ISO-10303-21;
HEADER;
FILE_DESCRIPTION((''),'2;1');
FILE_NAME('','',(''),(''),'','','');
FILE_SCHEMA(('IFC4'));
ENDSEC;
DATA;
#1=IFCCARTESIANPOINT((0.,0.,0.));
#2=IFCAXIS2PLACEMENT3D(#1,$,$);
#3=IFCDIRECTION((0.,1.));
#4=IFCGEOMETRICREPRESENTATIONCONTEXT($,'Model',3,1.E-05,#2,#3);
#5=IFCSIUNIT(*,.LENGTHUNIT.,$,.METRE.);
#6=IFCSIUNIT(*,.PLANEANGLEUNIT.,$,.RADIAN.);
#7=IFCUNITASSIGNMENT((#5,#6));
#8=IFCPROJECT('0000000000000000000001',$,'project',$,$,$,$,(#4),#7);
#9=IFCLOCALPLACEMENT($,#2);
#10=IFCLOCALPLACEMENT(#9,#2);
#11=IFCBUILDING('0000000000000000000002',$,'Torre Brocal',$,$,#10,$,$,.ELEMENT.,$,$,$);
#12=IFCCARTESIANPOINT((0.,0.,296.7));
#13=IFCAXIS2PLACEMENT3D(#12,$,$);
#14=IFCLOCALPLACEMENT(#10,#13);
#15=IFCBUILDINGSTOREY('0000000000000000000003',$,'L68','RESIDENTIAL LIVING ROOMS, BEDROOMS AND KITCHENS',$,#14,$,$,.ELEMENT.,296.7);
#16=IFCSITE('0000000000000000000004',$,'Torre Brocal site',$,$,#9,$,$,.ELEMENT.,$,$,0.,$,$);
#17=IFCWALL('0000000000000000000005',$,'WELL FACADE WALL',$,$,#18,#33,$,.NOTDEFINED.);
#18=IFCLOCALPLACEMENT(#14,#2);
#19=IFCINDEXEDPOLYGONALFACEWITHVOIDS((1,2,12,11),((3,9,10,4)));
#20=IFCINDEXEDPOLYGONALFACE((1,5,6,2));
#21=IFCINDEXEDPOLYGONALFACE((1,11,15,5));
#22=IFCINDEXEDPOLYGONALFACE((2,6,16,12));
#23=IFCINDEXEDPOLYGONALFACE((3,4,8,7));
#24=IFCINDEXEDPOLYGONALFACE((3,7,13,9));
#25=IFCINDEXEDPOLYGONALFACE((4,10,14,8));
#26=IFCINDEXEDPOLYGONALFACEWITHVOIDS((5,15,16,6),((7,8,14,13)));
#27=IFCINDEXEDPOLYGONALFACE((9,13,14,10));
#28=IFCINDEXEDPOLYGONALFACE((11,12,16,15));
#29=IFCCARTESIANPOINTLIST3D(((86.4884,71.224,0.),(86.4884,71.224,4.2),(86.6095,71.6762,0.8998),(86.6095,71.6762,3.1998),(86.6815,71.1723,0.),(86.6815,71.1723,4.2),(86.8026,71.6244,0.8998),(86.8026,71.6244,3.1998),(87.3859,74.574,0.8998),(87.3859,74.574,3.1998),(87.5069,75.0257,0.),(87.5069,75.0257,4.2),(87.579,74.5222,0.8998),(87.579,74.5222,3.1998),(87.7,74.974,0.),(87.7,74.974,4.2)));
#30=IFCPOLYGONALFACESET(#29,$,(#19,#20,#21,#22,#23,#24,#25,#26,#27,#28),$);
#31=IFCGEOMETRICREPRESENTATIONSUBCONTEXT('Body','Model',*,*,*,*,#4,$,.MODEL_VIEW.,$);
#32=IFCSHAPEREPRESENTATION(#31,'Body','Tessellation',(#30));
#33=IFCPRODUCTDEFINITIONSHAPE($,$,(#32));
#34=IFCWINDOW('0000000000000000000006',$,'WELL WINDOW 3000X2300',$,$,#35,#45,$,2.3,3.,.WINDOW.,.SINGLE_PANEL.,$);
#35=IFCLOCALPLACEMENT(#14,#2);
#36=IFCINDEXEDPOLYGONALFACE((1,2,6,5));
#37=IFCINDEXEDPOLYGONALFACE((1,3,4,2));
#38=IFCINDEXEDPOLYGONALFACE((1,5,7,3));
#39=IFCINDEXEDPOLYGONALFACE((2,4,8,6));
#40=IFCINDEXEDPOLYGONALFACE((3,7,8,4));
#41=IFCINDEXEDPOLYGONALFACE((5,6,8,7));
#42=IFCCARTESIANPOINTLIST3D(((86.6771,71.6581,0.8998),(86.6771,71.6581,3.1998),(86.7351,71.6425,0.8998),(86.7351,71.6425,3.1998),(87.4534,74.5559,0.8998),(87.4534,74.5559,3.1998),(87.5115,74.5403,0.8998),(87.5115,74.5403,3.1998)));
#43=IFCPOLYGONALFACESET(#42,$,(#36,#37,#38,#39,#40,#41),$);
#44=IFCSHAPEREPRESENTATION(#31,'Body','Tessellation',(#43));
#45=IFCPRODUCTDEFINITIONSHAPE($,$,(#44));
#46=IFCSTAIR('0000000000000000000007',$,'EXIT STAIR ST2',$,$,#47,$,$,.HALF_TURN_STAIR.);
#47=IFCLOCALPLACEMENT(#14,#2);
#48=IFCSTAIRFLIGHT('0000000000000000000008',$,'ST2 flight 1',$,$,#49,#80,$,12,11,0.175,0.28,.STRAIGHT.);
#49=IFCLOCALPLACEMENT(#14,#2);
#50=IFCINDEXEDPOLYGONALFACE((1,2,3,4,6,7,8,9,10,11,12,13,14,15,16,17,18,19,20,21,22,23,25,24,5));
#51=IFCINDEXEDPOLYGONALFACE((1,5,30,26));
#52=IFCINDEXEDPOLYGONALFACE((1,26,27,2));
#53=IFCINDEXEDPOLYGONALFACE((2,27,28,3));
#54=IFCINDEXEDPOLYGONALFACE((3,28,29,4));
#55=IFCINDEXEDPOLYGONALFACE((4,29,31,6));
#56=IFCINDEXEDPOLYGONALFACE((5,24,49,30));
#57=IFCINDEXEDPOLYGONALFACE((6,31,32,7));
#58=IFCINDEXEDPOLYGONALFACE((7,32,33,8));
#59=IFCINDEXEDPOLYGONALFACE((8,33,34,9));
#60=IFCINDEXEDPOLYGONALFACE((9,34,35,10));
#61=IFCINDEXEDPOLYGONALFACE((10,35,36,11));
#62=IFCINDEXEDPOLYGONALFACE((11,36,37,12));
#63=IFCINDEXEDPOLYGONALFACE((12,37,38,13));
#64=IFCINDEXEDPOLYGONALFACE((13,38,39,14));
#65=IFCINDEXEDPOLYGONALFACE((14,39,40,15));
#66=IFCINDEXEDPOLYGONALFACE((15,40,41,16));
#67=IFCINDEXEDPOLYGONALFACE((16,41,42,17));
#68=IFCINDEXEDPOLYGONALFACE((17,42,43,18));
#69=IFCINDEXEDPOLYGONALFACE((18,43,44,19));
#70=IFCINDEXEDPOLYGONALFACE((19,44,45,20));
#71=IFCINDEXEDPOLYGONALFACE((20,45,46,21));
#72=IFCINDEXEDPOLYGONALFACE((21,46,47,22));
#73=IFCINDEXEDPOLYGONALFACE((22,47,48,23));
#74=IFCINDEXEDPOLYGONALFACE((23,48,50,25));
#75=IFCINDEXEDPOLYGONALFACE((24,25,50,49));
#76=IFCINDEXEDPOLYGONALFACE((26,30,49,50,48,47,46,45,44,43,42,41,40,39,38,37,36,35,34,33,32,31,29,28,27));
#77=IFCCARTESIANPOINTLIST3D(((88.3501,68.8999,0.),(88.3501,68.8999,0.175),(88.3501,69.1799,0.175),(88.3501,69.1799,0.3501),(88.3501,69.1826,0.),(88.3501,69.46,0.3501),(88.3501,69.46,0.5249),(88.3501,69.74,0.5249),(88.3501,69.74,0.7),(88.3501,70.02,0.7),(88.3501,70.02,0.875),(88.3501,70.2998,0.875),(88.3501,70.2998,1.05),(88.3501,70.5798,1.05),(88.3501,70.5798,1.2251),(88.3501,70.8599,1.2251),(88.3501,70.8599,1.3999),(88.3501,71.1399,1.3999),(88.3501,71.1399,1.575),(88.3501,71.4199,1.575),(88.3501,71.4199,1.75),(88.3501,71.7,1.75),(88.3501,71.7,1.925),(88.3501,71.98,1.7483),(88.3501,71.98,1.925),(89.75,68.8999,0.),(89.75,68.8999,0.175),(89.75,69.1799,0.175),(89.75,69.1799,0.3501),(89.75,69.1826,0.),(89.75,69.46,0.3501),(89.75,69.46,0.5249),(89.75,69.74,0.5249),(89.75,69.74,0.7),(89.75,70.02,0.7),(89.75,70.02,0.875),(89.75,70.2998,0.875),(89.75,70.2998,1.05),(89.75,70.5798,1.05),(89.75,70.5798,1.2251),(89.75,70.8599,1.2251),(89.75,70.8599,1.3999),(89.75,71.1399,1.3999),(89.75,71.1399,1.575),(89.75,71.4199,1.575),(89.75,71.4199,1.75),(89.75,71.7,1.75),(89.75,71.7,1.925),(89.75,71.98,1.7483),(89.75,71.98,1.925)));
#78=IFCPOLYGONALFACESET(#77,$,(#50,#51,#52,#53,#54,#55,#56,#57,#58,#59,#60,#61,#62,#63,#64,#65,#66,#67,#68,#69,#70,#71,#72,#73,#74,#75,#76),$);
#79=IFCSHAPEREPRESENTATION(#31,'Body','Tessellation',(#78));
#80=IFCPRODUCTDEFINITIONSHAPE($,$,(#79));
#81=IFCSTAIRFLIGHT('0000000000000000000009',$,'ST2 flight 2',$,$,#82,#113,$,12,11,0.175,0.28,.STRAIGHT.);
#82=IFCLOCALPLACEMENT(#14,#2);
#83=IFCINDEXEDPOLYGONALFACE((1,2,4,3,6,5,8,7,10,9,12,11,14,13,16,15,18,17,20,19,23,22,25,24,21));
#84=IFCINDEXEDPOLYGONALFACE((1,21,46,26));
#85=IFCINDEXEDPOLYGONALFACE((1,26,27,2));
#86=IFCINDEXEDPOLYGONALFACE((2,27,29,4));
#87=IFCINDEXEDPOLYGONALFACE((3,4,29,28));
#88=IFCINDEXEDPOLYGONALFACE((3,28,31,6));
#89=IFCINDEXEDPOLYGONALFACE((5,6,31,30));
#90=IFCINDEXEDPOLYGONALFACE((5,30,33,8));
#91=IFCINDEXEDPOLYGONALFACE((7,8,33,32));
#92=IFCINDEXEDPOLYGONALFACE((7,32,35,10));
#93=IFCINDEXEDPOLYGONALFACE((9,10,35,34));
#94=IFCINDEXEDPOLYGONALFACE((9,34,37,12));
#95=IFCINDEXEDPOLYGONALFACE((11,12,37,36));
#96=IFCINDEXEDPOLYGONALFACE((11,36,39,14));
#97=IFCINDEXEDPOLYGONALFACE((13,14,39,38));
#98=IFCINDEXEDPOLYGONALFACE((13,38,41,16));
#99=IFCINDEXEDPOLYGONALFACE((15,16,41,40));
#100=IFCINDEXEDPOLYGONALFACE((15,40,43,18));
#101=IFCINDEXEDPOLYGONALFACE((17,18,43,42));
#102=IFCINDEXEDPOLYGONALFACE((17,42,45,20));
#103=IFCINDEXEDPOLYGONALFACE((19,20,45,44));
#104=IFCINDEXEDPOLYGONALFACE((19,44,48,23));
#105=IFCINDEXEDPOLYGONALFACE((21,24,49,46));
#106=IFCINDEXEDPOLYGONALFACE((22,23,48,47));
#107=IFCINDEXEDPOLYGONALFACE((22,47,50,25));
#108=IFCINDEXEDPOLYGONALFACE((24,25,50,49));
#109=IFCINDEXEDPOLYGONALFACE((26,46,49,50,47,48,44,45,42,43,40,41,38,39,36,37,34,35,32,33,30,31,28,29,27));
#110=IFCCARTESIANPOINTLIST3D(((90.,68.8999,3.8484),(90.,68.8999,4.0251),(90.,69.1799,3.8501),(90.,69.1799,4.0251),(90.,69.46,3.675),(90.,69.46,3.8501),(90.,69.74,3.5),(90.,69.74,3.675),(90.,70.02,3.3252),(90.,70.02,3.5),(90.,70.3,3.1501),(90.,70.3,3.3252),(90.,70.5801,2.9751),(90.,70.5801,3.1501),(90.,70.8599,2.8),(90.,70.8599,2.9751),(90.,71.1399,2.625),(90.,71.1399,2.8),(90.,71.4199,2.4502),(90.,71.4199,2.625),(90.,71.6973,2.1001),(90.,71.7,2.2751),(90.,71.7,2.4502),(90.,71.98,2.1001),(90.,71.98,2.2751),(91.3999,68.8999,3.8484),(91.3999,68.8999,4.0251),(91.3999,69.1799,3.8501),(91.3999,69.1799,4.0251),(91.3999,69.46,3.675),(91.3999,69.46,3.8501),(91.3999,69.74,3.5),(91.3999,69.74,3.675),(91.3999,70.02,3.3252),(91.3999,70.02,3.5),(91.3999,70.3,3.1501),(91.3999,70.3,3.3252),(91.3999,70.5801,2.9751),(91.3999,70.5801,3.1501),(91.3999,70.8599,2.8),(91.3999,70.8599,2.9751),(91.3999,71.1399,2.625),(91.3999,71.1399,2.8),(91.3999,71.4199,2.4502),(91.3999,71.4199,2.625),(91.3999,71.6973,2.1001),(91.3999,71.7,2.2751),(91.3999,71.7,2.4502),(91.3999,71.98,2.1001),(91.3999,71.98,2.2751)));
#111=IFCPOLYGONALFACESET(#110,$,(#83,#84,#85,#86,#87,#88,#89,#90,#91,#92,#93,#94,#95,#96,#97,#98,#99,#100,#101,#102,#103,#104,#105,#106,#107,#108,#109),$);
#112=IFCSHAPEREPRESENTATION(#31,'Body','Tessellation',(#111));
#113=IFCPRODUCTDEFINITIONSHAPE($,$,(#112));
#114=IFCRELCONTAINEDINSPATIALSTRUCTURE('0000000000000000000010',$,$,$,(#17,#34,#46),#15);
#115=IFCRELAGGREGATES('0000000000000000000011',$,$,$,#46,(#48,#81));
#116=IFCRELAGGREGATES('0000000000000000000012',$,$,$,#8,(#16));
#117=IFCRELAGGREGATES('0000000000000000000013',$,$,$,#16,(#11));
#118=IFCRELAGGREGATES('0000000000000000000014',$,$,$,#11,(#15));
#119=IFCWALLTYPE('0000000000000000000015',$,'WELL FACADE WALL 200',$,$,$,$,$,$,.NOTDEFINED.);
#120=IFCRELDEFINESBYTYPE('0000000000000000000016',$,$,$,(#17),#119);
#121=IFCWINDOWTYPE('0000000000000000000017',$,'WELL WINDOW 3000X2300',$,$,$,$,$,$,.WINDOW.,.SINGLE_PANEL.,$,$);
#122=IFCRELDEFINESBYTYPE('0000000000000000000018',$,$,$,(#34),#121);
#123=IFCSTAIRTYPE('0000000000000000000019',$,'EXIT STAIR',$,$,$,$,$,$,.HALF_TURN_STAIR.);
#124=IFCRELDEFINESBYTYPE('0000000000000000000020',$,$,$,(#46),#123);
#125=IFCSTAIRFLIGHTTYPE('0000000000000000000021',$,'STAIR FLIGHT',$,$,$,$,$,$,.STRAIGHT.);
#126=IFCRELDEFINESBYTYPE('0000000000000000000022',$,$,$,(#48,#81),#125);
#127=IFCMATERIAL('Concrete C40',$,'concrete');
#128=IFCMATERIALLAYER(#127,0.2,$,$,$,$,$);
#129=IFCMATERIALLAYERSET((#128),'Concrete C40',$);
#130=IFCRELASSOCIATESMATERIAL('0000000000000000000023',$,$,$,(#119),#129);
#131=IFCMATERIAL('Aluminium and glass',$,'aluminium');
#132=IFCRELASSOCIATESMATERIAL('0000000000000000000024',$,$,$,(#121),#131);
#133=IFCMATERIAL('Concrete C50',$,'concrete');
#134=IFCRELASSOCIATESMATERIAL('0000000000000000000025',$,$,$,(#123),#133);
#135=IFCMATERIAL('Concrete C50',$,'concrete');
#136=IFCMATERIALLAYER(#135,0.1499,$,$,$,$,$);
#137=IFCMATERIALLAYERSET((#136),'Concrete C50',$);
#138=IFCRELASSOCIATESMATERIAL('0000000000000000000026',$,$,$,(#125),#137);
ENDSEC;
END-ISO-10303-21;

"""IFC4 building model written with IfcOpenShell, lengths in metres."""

from ifc_helpers import new_model, si_unit, direction, frame, frame_2d, origin, place, context, subcontext, project, spatial, polyline, rectangle, outline, extrude, material, layer, layer_set, type_object, element, fill, aggregate, save


model = new_model("IFC4")

# Units and contexts
model_context = context("Model", 3, precision=1e-05, world=origin(), true_north=direction((0.0, 1.0)))
body_context = subcontext(model_context, "Body", "Model", "MODEL_VIEW")
ifc_project = project(units=[si_unit("LENGTHUNIT", "METRE"), si_unit("PLANEANGLEUNIT", "RADIAN")], contexts=[model_context])

# Site, building, storey
site_placement = place(None, origin())
site = spatial("IfcSite", under=ifc_project, at=site_placement, Name="Torre Brocal site", CompositionType="ELEMENT", RefElevation=0.0)
building_placement = place(site_placement, origin())
building = spatial("IfcBuilding", under=site, at=building_placement, Name="Torre Brocal", CompositionType="ELEMENT")
storey_placement = place(building_placement, frame((0.0, 0.0, 296.7)))
storey = spatial("IfcBuildingStorey", under=building, at=storey_placement, Name="L68", Description="RESIDENTIAL LIVING ROOMS, BEDROOMS AND KITCHENS", CompositionType="ELEMENT", Elevation=296.7)

# Wall, opening, window
ifc_material_1 = material(Name="Concrete C40", Category="concrete")
ifc_layer_1 = layer(ifc_material_1, 0.2)
ifc_layer_set_1 = layer_set([ifc_layer_1], Name="Concrete C40")
wall_type_1 = type_object("IfcWallType", Name="WELL FACADE WALL 200", PredefinedType="NOTDEFINED", material=ifc_layer_set_1)
ifc_material_2 = material(Name="Aluminium and glass", Category="aluminium")
window_type = type_object("IfcWindowType", Name="WELL WINDOW 3000X2300", PartitioningType="SINGLE_PANEL", PredefinedType="WINDOW", material=ifc_material_2)
wall_1_placement = place(storey_placement, frame((86.585, 71.1982, 0.0), z_axis=(0.0, 0.0, 1.0), x_axis=(0.25879, 0.965934, 0.0)))
wall_1 = element("IfcWall", 1, at=wall_1_placement, inside=storey, type_object=wall_type_1, Name="WELL FACADE WALL", PredefinedType="NOTDEFINED", context=body_context, shape_type="SweptSolid", body=[
    extrude(rectangle(XDim=3.9358, YDim=0.2, at=frame_2d((1.9678, 0.0))), origin(), (0.0, 0.0, 1.0), 4.2),
])
opening_1_placement = place(wall_1_placement, frame((0.468, 0.0, 0.8999)))
opening_1 = element("IfcOpeningElement", 2, at=opening_1_placement, cuts=wall_1, PredefinedType="OPENING", context=body_context, shape_type="SweptSolid", body=[
    extrude(rectangle(XDim=3.0, YDim=2.3, at=frame_2d((1.5, 1.1499))), frame((0.0, 0.1099, 0.0), z_axis=(0.0, -1.0, 0.0), x_axis=(1.0, 0.0, 0.0)), (0.0, 0.0, 1.0), 0.22),
])
window_1_placement = place(opening_1_placement, origin())
window_1 = element("IfcWindow", 3, at=window_1_placement, inside=storey, type_object=window_type, Name="WELL WINDOW 3000X2300", OverallHeight=2.3, OverallWidth=3.0, PartitioningType="SINGLE_PANEL", PredefinedType="WINDOW", context=body_context, shape_type="SweptSolid", body=[
    extrude(rectangle(XDim=3.0, YDim=2.3, at=frame_2d((1.5, 1.1499))), frame((0.0, 0.03, 0.0), z_axis=(0.0, -1.0, 0.0), x_axis=(1.0, 0.0, 0.0)), (0.0, 0.0, 1.0), 0.0601),
])
fill(opening_1, window_1)

# Stair, stair flights
ifc_material_3 = material(Name="Concrete C50", Category="concrete")
stair_type = type_object("IfcStairType", Name="EXIT STAIR", PredefinedType="HALF_TURN_STAIR", material=ifc_material_3)
stair_placement = place(storey_placement, origin())
stair = element("IfcStair", 4, at=stair_placement, inside=storey, type_object=stair_type, Name="EXIT STAIR ST2", PredefinedType="HALF_TURN_STAIR")
ifc_material_4 = material(Name="Concrete C50", Category="concrete")
ifc_layer_2 = layer(ifc_material_4, 0.1499)
ifc_layer_set_2 = layer_set([ifc_layer_2], Name="Concrete C50")
stair_flight_type = type_object("IfcStairFlightType", Name="STAIR FLIGHT", PredefinedType="STRAIGHT", material=ifc_layer_set_2)
stair_flight_1_placement = place(storey_placement, frame((89.05, 68.8999, 0.0), z_axis=(0.0, 0.0, 1.0), x_axis=(0.0, 1.0, 0.0)))
stair_flight_1 = element("IfcStairFlight", 5, at=stair_flight_1_placement, type_object=stair_flight_type, Name="ST2 flight 1", NumberOfRisers=12, NumberOfTreads=11, PredefinedType="STRAIGHT", RiserHeight=0.175, TreadLength=0.28, context=body_context, shape_type="SweptSolid", body=[
    extrude(outline(polyline([(0.0, 0.0), (0.0, 0.175), (0.28, 0.175), (0.28, 0.3501), (0.5601, 0.3501), (0.5601, 0.5249), (0.8401, 0.5249), (0.8401, 0.7), (1.1201, 0.7), (1.1201, 0.875), (1.3999, 0.875), (1.3999, 1.05), (1.6799, 1.05), (1.6799, 1.2251), (1.96, 1.2251), (1.96, 1.3999), (2.24, 1.3999), (2.24, 1.575), (2.52, 1.575), (2.52, 1.75), (2.8, 1.75), (2.8, 1.925), (3.0801, 1.925), (3.0801, 2.1001), (3.0801, 1.7483), (0.2827, 0.0), (0.0, 0.0)])), frame((0.0, 0.7, 0.0), z_axis=(0.0, -1.0, 0.0), x_axis=(1.0, 0.0, 0.0)), (0.0, 0.0, 1.0), 1.3999),
])
stair_flight_2_placement = place(storey_placement, frame((90.7, 71.98, 2.1001), z_axis=(0.0, 0.0, 1.0), x_axis=(0.0, -1.0, 0.0)))
stair_flight_2 = element("IfcStairFlight", 6, at=stair_flight_2_placement, type_object=stair_flight_type, Name="ST2 flight 2", NumberOfRisers=12, NumberOfTreads=11, PredefinedType="STRAIGHT", RiserHeight=0.175, TreadLength=0.28, context=body_context, shape_type="SweptSolid", body=[
    extrude(outline(polyline([(0.0, 0.0), (0.0, 0.175), (0.28, 0.175), (0.28, 0.3501), (0.5601, 0.3501), (0.5601, 0.5249), (0.8401, 0.5249), (0.8401, 0.7), (1.1201, 0.7), (1.1201, 0.875), (1.3999, 0.875), (1.3999, 1.05), (1.6799, 1.05), (1.6799, 1.2251), (1.96, 1.2251), (1.96, 1.3999), (2.24, 1.3999), (2.24, 1.575), (2.52, 1.575), (2.52, 1.75), (2.8, 1.75), (2.8, 1.925), (3.0801, 1.925), (3.0801, 2.1001), (3.0801, 1.7483), (0.2827, 0.0), (0.0, 0.0)])), frame((0.0, 0.7, 0.0), z_axis=(0.0, -1.0, 0.0), x_axis=(1.0, 0.0, 0.0)), (0.0, 0.0, 1.0), 1.3999),
])
aggregate(stair, [stair_flight_1, stair_flight_2])

save(model, "model.ifc")
